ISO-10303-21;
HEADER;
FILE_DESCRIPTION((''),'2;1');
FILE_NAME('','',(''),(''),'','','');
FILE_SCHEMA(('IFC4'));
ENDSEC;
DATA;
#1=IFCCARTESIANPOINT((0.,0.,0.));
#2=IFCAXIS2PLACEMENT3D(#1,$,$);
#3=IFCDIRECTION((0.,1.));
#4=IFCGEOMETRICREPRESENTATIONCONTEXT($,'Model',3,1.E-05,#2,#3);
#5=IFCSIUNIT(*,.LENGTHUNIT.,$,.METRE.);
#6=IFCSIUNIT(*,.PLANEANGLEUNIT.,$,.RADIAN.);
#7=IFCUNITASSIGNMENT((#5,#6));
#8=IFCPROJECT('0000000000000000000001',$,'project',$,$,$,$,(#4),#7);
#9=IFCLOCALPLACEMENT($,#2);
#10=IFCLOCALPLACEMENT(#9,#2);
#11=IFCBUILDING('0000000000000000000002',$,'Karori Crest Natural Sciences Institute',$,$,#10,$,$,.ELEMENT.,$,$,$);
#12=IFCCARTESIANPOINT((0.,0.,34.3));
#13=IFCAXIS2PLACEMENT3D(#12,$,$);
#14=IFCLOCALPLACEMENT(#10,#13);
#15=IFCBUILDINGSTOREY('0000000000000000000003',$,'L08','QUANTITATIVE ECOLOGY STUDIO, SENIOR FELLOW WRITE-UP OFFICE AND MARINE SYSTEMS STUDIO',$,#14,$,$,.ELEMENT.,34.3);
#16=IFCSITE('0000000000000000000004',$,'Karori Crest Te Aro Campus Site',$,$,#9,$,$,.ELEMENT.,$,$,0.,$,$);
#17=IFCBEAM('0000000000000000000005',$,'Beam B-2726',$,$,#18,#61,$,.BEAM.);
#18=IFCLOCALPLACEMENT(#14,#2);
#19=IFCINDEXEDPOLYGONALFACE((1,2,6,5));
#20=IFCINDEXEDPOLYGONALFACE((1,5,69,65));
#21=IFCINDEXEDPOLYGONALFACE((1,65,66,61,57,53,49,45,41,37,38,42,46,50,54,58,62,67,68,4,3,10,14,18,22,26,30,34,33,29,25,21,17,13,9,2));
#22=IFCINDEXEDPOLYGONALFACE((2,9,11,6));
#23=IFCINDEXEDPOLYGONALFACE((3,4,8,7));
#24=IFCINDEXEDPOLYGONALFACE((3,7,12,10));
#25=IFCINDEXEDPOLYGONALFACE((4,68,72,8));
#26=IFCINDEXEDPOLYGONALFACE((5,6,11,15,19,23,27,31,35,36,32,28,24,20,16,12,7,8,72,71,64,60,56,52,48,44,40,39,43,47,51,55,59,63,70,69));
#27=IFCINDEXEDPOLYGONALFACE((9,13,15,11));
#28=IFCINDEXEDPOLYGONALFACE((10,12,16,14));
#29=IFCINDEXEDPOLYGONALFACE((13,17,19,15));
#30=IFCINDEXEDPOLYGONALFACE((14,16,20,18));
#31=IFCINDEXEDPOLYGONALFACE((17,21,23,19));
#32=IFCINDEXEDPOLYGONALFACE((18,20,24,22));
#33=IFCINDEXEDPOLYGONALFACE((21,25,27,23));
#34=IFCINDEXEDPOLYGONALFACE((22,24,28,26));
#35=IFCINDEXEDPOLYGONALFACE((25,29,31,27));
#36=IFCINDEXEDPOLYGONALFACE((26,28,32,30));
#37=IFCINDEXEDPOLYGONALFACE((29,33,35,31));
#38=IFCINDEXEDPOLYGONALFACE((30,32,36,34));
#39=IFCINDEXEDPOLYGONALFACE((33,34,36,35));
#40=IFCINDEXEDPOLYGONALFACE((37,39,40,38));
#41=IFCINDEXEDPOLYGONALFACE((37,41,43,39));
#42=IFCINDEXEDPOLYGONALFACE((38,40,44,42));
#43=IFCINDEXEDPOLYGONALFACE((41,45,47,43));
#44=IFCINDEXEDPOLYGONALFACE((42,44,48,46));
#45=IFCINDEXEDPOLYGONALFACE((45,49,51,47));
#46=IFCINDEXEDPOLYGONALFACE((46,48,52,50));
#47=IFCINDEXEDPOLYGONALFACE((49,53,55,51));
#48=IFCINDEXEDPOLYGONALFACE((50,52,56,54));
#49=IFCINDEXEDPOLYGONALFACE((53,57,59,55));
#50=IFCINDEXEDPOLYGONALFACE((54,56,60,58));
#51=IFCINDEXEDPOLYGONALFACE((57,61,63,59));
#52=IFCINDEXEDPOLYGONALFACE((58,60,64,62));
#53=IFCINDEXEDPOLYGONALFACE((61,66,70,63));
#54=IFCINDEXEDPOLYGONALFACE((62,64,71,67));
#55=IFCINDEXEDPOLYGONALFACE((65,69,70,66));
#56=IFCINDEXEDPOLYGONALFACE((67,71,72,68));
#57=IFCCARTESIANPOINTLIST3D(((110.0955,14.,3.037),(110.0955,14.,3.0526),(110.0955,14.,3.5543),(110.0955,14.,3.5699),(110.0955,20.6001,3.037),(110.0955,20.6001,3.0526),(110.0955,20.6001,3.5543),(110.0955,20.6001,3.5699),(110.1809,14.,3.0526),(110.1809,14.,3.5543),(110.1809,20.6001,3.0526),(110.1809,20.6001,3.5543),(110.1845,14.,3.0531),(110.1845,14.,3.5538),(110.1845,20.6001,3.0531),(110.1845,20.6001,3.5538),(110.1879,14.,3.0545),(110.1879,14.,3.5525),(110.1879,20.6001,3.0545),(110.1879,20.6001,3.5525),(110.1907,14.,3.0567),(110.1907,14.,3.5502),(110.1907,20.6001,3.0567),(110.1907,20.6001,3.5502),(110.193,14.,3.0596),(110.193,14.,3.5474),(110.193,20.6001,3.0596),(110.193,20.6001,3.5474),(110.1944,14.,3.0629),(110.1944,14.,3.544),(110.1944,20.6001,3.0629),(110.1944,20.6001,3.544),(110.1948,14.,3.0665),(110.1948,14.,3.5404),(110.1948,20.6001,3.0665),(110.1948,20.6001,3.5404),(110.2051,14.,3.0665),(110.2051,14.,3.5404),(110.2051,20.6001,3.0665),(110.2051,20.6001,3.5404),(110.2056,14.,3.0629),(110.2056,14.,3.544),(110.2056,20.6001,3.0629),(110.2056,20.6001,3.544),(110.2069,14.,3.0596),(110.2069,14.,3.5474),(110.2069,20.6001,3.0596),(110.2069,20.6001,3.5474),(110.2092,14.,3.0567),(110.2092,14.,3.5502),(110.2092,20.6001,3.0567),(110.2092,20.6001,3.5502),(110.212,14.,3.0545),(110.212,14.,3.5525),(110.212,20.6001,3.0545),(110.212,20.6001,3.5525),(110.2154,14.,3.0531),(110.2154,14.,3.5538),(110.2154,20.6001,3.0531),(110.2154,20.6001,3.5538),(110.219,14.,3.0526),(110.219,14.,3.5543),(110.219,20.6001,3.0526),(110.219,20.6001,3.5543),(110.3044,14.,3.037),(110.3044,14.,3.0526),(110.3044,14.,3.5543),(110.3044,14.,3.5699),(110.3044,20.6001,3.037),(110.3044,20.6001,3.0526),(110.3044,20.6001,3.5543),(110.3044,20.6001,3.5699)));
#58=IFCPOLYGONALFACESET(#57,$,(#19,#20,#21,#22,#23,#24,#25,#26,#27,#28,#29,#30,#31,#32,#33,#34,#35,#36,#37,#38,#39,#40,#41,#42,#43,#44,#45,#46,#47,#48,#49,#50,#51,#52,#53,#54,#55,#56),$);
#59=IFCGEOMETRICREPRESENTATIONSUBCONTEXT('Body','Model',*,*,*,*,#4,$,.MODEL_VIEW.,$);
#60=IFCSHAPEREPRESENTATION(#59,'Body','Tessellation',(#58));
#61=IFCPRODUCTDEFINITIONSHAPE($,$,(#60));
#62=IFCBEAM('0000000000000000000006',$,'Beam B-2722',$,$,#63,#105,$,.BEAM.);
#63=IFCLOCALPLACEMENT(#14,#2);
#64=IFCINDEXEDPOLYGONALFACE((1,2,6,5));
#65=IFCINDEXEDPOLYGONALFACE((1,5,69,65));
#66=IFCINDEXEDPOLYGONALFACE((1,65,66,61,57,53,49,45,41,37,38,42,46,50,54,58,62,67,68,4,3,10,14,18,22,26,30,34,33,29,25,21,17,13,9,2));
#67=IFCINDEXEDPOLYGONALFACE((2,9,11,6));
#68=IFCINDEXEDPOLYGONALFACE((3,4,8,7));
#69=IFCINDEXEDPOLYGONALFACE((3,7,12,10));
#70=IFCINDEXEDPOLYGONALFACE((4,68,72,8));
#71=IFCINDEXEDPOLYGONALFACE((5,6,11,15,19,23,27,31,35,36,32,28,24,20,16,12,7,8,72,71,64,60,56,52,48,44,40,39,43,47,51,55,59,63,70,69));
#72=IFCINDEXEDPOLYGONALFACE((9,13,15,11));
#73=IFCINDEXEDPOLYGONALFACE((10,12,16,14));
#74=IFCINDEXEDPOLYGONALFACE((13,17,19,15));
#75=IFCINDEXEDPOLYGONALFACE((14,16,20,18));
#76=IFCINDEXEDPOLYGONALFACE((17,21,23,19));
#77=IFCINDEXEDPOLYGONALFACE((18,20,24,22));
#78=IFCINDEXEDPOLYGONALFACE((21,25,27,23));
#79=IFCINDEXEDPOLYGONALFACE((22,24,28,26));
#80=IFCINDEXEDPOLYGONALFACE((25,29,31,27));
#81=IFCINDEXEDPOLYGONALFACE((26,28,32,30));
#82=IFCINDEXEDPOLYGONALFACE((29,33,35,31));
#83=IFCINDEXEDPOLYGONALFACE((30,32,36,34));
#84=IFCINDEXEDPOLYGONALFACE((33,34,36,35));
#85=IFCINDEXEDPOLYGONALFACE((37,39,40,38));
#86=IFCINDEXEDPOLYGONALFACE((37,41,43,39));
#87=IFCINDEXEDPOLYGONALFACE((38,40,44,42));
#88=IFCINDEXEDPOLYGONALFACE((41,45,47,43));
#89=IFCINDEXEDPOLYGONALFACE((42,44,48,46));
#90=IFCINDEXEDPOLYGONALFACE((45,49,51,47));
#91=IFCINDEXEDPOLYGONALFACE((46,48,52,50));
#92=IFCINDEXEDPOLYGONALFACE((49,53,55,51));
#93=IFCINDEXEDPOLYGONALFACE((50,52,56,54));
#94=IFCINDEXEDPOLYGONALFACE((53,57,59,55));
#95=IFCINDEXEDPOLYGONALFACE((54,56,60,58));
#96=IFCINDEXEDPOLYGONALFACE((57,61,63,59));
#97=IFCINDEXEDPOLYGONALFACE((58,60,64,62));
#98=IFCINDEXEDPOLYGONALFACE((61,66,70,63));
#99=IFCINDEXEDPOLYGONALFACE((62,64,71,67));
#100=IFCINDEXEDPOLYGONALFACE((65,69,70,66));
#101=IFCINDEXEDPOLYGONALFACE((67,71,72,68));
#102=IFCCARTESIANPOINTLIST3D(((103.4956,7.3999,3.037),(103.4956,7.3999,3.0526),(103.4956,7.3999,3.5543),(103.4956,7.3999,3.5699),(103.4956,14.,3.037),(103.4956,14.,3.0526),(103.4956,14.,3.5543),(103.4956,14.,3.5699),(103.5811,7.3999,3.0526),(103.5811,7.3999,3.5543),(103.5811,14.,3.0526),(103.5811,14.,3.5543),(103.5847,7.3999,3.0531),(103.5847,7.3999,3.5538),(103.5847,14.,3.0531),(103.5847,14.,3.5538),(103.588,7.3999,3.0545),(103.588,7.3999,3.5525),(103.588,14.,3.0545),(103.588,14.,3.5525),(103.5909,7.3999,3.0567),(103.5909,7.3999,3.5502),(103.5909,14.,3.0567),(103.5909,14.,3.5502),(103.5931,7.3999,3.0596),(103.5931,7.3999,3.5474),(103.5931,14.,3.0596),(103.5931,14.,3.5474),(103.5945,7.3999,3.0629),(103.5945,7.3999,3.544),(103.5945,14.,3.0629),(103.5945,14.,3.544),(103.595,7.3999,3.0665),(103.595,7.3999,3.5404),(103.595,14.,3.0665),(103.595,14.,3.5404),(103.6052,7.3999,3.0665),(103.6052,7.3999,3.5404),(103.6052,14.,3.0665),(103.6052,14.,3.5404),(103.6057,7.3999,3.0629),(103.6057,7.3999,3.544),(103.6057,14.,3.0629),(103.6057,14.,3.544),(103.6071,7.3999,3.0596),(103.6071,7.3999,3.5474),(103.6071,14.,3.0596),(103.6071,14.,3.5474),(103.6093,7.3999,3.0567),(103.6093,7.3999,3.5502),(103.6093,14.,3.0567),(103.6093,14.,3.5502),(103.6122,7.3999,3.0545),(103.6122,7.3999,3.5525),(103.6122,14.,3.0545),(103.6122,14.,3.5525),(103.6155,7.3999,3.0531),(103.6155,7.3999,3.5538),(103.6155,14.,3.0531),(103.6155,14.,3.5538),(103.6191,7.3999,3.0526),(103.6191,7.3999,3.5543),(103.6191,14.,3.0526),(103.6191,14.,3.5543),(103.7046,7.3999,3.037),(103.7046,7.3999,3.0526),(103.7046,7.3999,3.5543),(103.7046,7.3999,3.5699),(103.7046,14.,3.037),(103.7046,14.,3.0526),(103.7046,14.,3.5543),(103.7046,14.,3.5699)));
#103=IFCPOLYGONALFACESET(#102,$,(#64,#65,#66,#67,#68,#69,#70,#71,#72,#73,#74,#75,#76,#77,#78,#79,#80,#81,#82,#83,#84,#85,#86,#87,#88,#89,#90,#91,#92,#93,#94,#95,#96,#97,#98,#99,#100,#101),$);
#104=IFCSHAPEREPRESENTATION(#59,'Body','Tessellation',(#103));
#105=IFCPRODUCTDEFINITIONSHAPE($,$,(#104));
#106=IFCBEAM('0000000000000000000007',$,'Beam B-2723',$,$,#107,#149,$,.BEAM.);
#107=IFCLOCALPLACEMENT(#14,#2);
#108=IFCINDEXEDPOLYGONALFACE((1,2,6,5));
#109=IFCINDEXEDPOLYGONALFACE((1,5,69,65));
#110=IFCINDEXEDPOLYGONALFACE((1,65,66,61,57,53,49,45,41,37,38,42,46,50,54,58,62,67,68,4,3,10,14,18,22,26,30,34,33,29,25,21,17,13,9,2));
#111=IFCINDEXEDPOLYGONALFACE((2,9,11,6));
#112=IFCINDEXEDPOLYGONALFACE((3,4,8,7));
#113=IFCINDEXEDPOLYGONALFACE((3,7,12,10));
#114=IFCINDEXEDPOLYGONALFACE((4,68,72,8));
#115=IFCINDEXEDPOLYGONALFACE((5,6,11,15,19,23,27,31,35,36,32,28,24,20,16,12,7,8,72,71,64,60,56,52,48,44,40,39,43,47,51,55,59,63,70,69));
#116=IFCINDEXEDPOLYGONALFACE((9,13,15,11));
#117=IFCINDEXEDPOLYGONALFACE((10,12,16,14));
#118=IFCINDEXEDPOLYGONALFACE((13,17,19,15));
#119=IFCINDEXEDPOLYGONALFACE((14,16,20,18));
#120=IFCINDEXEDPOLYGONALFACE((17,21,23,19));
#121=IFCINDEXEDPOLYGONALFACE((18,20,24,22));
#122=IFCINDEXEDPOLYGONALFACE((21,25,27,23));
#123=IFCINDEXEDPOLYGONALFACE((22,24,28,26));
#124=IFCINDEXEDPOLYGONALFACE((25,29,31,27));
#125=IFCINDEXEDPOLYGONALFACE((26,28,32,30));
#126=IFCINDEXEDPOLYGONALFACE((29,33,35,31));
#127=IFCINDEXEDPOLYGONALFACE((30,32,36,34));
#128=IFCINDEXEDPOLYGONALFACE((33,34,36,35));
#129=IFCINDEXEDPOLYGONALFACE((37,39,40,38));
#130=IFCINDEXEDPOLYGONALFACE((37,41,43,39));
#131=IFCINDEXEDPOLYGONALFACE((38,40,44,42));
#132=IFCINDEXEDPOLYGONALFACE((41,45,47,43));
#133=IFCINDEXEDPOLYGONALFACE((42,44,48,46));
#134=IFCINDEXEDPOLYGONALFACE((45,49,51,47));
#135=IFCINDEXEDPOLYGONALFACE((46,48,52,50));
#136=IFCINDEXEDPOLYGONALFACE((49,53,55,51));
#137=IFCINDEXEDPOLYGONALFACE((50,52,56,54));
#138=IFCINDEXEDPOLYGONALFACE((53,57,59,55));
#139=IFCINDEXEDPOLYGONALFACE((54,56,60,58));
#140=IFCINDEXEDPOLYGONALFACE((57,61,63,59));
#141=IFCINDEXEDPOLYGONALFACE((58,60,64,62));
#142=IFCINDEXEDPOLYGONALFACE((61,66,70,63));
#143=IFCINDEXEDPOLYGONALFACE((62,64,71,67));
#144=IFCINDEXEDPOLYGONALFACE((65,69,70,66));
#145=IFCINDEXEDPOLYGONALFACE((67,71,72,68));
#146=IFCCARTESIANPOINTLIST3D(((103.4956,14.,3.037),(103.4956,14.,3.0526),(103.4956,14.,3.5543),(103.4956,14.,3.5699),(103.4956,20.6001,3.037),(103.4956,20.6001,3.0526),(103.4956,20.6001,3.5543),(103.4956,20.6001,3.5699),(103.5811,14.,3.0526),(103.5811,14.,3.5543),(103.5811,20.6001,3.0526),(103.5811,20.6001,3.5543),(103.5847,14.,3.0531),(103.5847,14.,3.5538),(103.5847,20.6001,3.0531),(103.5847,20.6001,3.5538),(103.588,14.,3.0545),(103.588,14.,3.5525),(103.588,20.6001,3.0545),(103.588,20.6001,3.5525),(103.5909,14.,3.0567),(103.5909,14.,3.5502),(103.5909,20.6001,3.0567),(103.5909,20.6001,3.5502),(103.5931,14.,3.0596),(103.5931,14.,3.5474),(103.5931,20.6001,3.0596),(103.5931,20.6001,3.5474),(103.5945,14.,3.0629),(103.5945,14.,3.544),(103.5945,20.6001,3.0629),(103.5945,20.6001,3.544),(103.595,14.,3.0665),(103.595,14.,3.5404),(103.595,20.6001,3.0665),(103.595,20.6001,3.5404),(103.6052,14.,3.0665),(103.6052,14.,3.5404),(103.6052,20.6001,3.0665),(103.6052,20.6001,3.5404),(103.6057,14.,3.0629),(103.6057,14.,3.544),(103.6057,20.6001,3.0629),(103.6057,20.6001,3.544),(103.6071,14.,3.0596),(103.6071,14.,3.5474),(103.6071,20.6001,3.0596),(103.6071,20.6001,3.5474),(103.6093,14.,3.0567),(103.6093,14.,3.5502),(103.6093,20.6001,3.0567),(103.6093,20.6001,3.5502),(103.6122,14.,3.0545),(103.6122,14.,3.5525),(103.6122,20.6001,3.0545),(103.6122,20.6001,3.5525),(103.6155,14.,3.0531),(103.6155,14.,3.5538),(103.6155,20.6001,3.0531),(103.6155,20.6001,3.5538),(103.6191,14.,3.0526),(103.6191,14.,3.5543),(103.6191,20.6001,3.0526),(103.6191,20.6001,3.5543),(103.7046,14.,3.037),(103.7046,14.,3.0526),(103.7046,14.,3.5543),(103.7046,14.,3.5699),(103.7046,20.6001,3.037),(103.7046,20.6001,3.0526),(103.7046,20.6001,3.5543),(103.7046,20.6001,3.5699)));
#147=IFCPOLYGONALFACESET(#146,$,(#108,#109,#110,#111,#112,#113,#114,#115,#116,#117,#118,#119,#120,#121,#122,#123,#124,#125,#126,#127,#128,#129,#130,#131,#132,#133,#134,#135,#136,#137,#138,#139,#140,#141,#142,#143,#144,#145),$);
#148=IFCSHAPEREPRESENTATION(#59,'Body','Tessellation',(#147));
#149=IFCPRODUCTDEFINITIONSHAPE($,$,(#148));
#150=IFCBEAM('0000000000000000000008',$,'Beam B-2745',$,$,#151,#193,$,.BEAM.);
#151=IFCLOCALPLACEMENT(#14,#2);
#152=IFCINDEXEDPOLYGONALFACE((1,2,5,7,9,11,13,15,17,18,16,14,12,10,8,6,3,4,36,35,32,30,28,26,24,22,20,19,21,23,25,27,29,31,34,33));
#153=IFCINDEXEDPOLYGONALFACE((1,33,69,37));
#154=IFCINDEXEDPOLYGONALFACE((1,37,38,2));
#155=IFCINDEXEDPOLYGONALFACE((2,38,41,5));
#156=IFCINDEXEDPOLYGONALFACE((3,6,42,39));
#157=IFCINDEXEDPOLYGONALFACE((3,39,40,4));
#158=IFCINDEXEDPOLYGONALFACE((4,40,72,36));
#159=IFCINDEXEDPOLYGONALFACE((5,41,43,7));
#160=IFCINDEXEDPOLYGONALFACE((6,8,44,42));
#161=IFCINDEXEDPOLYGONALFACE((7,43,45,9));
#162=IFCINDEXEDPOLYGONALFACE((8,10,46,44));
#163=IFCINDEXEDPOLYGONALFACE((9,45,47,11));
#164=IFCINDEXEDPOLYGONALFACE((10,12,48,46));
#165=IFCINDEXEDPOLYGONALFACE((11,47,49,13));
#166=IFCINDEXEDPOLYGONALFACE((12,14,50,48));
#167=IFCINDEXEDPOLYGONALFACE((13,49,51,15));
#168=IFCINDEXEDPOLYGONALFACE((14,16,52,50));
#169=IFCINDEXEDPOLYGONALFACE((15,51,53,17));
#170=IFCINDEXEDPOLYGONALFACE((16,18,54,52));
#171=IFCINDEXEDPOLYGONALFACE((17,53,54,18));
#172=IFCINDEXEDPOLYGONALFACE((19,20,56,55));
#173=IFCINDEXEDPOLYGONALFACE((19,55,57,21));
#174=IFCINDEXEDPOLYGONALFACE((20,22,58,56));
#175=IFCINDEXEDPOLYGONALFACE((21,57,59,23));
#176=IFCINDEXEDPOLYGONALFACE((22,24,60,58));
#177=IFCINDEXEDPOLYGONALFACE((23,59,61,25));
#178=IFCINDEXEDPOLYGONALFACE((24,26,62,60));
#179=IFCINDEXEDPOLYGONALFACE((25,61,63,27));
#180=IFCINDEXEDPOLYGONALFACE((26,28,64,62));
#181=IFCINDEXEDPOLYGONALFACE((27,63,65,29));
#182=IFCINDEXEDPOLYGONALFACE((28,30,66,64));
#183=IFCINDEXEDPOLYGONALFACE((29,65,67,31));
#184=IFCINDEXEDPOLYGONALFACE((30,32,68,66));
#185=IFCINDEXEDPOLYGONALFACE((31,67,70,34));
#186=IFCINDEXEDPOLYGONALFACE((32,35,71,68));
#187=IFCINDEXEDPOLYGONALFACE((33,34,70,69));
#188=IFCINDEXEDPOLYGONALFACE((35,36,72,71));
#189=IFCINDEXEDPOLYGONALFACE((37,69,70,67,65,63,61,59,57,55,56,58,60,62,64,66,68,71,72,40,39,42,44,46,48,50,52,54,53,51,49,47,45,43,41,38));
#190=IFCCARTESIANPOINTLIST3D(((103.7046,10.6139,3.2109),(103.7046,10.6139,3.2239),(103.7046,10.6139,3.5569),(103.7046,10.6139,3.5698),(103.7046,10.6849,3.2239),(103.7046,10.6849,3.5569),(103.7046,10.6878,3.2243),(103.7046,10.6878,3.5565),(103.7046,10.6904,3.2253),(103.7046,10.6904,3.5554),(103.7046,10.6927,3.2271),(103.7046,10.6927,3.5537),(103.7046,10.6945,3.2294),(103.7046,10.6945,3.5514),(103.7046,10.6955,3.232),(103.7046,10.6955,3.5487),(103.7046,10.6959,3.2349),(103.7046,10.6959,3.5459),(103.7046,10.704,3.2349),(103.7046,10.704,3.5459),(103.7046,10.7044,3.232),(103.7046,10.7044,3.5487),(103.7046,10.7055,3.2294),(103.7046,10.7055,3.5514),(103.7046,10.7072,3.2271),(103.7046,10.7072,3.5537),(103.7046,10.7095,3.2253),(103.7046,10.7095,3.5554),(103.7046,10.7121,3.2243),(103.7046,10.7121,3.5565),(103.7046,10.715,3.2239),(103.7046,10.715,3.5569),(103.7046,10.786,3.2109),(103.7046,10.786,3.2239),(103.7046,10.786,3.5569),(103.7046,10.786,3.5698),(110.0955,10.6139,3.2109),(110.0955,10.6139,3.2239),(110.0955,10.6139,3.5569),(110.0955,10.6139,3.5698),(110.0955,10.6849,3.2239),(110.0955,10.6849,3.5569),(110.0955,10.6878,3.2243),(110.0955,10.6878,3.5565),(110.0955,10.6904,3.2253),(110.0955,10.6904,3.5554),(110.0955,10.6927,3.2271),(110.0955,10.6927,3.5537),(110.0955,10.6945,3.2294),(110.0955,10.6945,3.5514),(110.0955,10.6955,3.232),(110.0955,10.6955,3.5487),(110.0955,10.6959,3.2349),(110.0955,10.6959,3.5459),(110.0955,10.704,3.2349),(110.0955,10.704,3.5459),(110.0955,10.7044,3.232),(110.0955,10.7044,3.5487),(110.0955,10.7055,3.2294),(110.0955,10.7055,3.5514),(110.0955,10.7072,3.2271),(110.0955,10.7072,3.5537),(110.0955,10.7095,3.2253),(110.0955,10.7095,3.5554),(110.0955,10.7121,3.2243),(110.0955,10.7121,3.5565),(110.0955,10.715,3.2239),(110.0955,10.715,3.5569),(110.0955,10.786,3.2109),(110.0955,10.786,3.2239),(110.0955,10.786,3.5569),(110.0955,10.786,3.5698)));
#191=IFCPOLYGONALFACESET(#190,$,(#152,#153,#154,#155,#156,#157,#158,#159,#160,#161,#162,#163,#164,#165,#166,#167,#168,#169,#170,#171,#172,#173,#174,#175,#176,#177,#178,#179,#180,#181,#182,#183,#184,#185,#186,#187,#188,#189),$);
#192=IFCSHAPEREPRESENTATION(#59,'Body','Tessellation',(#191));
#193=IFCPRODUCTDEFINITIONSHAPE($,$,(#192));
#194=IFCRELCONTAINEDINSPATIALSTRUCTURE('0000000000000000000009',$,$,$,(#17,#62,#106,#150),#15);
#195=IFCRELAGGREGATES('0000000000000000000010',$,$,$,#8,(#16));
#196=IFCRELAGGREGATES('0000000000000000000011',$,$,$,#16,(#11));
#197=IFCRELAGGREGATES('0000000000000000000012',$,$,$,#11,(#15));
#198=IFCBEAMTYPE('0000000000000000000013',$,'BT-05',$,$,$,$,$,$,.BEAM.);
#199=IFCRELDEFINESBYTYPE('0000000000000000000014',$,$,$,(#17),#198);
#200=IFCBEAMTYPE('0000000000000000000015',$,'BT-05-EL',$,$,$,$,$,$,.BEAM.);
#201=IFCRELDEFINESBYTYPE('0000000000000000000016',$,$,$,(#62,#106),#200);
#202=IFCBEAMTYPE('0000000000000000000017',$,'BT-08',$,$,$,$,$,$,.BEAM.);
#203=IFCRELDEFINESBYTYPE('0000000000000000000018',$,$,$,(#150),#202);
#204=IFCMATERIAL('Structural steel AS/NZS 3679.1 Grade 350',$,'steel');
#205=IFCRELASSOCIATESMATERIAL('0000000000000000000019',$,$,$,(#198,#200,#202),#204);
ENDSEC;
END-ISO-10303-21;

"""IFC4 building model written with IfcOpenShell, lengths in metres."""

from ifc_helpers import new_model, si_unit, direction, frame, origin, origin_2d, place, context, subcontext, project, spatial, i_section, extrude, material, material_profile, profile_set, type_object, element, save


model = new_model("IFC4")

# Units and contexts
model_context = context("Model", 3, precision=1e-05, world=origin(), true_north=direction((0.0, 1.0)))
body_context = subcontext(model_context, "Body", "Model", "MODEL_VIEW")
ifc_project = project(units=[si_unit("LENGTHUNIT", "METRE"), si_unit("PLANEANGLEUNIT", "RADIAN")], contexts=[model_context])

# Site, building, storey
site_placement = place(None, origin())
site = spatial("IfcSite", under=ifc_project, at=site_placement, Name="Karori Crest Te Aro Campus Site", CompositionType="ELEMENT", RefElevation=0.0)
building_placement = place(site_placement, origin())
building = spatial("IfcBuilding", under=site, at=building_placement, Name="Karori Crest Natural Sciences Institute", CompositionType="ELEMENT")
storey_placement = place(building_placement, frame((0.0, 0.0, 34.3)))
storey = spatial("IfcBuildingStorey", under=building, at=storey_placement, Name="L08", Description="QUANTITATIVE ECOLOGY STUDIO, SENIOR FELLOW WRITE-UP OFFICE AND MARINE SYSTEMS STUDIO", CompositionType="ELEMENT", Elevation=34.3)

# Shared definitions
ifc_material_1 = material(Name="Structural steel AS/NZS 3679.1 Grade 350", Category="steel")

# Beams
ifc_material_profile_1 = material_profile(ifc_material_1, i_section(OverallWidth=0.209, OverallDepth=0.533, WebThickness=0.0103, FlangeThickness=0.0156, FilletRadius=0.0139, at=origin_2d()), Name="530UB92.4")
ifc_profile_set_1 = profile_set([ifc_material_profile_1], Name="Structural steel AS/NZS 3679.1 Grade 350")
beam_type_1 = type_object("IfcBeamType", Name="BT-05", PredefinedType="BEAM", material=ifc_profile_set_1)
for number, where, z_axis, x_axis, name in (
    (1, (110.2, 14.0, 3.3035), (0.0, 1.0, 0.0), (-1.0, 0.0, 0.0), "Beam B-2726"),
):
    element("IfcBeam", number, at=place(storey_placement, frame(where, z_axis=z_axis, x_axis=x_axis)), inside=storey, type_object=beam_type_1, Name=name, PredefinedType="BEAM", context=body_context, shape_type="SweptSolid", body=[
        extrude(i_section(OverallWidth=0.209, OverallDepth=0.533, WebThickness=0.0103, FlangeThickness=0.0156, FilletRadius=0.0139, at=origin_2d()), origin(), (0.0, 0.0, 1.0), 6.6001),
    ])
ifc_material_profile_2 = material_profile(ifc_material_1, i_section(OverallWidth=0.209, OverallDepth=0.533, WebThickness=0.0103, FlangeThickness=0.0156, FilletRadius=0.0139, at=origin_2d()), Name="530UB92.4")
ifc_profile_set_2 = profile_set([ifc_material_profile_2], Name="Structural steel AS/NZS 3679.1 Grade 350")
beam_type_2 = type_object("IfcBeamType", Name="BT-05-EL", PredefinedType="BEAM", material=ifc_profile_set_2)
for number, where, z_axis, x_axis, name in (
    (2, (103.6001, 7.3999, 3.3035), (0.0, 1.0, 0.0), (-1.0, 0.0, 0.0), "Beam B-2722"),
    (3, (103.6001, 14.0, 3.3035), (0.0, 1.0, 0.0), (-1.0, 0.0, 0.0), "Beam B-2723"),
):
    element("IfcBeam", number, at=place(storey_placement, frame(where, z_axis=z_axis, x_axis=x_axis)), inside=storey, type_object=beam_type_2, Name=name, PredefinedType="BEAM", context=body_context, shape_type="SweptSolid", body=[
        extrude(i_section(OverallWidth=0.209, OverallDepth=0.533, WebThickness=0.0103, FlangeThickness=0.0156, FilletRadius=0.0139, at=origin_2d()), origin(), (0.0, 0.0, 1.0), 6.6001),
    ])
ifc_material_profile_3 = material_profile(ifc_material_1, i_section(OverallWidth=0.1721, OverallDepth=0.3589, WebThickness=0.0081, FlangeThickness=0.0129, FilletRadius=0.011, at=origin_2d()), Name="360UB56.7")
ifc_profile_set_3 = profile_set([ifc_material_profile_3], Name="Structural steel AS/NZS 3679.1 Grade 350")
beam_type_3 = type_object("IfcBeamType", Name="BT-08", PredefinedType="BEAM", material=ifc_profile_set_3)
for number, where, z_axis, x_axis, name in (
    (4, (103.7046, 10.7, 3.3904), (1.0, 0.0, 0.0), (0.0, 1.0, 0.0), "Beam B-2745"),
):
    element("IfcBeam", number, at=place(storey_placement, frame(where, z_axis=z_axis, x_axis=x_axis)), inside=storey, type_object=beam_type_3, Name=name, PredefinedType="BEAM", context=body_context, shape_type="SweptSolid", body=[
        extrude(i_section(OverallWidth=0.1721, OverallDepth=0.3589, WebThickness=0.0081, FlangeThickness=0.0129, FilletRadius=0.011, at=origin_2d()), origin(), (0.0, 0.0, 1.0), 6.3909),
    ])

save(model, "model.ifc")
